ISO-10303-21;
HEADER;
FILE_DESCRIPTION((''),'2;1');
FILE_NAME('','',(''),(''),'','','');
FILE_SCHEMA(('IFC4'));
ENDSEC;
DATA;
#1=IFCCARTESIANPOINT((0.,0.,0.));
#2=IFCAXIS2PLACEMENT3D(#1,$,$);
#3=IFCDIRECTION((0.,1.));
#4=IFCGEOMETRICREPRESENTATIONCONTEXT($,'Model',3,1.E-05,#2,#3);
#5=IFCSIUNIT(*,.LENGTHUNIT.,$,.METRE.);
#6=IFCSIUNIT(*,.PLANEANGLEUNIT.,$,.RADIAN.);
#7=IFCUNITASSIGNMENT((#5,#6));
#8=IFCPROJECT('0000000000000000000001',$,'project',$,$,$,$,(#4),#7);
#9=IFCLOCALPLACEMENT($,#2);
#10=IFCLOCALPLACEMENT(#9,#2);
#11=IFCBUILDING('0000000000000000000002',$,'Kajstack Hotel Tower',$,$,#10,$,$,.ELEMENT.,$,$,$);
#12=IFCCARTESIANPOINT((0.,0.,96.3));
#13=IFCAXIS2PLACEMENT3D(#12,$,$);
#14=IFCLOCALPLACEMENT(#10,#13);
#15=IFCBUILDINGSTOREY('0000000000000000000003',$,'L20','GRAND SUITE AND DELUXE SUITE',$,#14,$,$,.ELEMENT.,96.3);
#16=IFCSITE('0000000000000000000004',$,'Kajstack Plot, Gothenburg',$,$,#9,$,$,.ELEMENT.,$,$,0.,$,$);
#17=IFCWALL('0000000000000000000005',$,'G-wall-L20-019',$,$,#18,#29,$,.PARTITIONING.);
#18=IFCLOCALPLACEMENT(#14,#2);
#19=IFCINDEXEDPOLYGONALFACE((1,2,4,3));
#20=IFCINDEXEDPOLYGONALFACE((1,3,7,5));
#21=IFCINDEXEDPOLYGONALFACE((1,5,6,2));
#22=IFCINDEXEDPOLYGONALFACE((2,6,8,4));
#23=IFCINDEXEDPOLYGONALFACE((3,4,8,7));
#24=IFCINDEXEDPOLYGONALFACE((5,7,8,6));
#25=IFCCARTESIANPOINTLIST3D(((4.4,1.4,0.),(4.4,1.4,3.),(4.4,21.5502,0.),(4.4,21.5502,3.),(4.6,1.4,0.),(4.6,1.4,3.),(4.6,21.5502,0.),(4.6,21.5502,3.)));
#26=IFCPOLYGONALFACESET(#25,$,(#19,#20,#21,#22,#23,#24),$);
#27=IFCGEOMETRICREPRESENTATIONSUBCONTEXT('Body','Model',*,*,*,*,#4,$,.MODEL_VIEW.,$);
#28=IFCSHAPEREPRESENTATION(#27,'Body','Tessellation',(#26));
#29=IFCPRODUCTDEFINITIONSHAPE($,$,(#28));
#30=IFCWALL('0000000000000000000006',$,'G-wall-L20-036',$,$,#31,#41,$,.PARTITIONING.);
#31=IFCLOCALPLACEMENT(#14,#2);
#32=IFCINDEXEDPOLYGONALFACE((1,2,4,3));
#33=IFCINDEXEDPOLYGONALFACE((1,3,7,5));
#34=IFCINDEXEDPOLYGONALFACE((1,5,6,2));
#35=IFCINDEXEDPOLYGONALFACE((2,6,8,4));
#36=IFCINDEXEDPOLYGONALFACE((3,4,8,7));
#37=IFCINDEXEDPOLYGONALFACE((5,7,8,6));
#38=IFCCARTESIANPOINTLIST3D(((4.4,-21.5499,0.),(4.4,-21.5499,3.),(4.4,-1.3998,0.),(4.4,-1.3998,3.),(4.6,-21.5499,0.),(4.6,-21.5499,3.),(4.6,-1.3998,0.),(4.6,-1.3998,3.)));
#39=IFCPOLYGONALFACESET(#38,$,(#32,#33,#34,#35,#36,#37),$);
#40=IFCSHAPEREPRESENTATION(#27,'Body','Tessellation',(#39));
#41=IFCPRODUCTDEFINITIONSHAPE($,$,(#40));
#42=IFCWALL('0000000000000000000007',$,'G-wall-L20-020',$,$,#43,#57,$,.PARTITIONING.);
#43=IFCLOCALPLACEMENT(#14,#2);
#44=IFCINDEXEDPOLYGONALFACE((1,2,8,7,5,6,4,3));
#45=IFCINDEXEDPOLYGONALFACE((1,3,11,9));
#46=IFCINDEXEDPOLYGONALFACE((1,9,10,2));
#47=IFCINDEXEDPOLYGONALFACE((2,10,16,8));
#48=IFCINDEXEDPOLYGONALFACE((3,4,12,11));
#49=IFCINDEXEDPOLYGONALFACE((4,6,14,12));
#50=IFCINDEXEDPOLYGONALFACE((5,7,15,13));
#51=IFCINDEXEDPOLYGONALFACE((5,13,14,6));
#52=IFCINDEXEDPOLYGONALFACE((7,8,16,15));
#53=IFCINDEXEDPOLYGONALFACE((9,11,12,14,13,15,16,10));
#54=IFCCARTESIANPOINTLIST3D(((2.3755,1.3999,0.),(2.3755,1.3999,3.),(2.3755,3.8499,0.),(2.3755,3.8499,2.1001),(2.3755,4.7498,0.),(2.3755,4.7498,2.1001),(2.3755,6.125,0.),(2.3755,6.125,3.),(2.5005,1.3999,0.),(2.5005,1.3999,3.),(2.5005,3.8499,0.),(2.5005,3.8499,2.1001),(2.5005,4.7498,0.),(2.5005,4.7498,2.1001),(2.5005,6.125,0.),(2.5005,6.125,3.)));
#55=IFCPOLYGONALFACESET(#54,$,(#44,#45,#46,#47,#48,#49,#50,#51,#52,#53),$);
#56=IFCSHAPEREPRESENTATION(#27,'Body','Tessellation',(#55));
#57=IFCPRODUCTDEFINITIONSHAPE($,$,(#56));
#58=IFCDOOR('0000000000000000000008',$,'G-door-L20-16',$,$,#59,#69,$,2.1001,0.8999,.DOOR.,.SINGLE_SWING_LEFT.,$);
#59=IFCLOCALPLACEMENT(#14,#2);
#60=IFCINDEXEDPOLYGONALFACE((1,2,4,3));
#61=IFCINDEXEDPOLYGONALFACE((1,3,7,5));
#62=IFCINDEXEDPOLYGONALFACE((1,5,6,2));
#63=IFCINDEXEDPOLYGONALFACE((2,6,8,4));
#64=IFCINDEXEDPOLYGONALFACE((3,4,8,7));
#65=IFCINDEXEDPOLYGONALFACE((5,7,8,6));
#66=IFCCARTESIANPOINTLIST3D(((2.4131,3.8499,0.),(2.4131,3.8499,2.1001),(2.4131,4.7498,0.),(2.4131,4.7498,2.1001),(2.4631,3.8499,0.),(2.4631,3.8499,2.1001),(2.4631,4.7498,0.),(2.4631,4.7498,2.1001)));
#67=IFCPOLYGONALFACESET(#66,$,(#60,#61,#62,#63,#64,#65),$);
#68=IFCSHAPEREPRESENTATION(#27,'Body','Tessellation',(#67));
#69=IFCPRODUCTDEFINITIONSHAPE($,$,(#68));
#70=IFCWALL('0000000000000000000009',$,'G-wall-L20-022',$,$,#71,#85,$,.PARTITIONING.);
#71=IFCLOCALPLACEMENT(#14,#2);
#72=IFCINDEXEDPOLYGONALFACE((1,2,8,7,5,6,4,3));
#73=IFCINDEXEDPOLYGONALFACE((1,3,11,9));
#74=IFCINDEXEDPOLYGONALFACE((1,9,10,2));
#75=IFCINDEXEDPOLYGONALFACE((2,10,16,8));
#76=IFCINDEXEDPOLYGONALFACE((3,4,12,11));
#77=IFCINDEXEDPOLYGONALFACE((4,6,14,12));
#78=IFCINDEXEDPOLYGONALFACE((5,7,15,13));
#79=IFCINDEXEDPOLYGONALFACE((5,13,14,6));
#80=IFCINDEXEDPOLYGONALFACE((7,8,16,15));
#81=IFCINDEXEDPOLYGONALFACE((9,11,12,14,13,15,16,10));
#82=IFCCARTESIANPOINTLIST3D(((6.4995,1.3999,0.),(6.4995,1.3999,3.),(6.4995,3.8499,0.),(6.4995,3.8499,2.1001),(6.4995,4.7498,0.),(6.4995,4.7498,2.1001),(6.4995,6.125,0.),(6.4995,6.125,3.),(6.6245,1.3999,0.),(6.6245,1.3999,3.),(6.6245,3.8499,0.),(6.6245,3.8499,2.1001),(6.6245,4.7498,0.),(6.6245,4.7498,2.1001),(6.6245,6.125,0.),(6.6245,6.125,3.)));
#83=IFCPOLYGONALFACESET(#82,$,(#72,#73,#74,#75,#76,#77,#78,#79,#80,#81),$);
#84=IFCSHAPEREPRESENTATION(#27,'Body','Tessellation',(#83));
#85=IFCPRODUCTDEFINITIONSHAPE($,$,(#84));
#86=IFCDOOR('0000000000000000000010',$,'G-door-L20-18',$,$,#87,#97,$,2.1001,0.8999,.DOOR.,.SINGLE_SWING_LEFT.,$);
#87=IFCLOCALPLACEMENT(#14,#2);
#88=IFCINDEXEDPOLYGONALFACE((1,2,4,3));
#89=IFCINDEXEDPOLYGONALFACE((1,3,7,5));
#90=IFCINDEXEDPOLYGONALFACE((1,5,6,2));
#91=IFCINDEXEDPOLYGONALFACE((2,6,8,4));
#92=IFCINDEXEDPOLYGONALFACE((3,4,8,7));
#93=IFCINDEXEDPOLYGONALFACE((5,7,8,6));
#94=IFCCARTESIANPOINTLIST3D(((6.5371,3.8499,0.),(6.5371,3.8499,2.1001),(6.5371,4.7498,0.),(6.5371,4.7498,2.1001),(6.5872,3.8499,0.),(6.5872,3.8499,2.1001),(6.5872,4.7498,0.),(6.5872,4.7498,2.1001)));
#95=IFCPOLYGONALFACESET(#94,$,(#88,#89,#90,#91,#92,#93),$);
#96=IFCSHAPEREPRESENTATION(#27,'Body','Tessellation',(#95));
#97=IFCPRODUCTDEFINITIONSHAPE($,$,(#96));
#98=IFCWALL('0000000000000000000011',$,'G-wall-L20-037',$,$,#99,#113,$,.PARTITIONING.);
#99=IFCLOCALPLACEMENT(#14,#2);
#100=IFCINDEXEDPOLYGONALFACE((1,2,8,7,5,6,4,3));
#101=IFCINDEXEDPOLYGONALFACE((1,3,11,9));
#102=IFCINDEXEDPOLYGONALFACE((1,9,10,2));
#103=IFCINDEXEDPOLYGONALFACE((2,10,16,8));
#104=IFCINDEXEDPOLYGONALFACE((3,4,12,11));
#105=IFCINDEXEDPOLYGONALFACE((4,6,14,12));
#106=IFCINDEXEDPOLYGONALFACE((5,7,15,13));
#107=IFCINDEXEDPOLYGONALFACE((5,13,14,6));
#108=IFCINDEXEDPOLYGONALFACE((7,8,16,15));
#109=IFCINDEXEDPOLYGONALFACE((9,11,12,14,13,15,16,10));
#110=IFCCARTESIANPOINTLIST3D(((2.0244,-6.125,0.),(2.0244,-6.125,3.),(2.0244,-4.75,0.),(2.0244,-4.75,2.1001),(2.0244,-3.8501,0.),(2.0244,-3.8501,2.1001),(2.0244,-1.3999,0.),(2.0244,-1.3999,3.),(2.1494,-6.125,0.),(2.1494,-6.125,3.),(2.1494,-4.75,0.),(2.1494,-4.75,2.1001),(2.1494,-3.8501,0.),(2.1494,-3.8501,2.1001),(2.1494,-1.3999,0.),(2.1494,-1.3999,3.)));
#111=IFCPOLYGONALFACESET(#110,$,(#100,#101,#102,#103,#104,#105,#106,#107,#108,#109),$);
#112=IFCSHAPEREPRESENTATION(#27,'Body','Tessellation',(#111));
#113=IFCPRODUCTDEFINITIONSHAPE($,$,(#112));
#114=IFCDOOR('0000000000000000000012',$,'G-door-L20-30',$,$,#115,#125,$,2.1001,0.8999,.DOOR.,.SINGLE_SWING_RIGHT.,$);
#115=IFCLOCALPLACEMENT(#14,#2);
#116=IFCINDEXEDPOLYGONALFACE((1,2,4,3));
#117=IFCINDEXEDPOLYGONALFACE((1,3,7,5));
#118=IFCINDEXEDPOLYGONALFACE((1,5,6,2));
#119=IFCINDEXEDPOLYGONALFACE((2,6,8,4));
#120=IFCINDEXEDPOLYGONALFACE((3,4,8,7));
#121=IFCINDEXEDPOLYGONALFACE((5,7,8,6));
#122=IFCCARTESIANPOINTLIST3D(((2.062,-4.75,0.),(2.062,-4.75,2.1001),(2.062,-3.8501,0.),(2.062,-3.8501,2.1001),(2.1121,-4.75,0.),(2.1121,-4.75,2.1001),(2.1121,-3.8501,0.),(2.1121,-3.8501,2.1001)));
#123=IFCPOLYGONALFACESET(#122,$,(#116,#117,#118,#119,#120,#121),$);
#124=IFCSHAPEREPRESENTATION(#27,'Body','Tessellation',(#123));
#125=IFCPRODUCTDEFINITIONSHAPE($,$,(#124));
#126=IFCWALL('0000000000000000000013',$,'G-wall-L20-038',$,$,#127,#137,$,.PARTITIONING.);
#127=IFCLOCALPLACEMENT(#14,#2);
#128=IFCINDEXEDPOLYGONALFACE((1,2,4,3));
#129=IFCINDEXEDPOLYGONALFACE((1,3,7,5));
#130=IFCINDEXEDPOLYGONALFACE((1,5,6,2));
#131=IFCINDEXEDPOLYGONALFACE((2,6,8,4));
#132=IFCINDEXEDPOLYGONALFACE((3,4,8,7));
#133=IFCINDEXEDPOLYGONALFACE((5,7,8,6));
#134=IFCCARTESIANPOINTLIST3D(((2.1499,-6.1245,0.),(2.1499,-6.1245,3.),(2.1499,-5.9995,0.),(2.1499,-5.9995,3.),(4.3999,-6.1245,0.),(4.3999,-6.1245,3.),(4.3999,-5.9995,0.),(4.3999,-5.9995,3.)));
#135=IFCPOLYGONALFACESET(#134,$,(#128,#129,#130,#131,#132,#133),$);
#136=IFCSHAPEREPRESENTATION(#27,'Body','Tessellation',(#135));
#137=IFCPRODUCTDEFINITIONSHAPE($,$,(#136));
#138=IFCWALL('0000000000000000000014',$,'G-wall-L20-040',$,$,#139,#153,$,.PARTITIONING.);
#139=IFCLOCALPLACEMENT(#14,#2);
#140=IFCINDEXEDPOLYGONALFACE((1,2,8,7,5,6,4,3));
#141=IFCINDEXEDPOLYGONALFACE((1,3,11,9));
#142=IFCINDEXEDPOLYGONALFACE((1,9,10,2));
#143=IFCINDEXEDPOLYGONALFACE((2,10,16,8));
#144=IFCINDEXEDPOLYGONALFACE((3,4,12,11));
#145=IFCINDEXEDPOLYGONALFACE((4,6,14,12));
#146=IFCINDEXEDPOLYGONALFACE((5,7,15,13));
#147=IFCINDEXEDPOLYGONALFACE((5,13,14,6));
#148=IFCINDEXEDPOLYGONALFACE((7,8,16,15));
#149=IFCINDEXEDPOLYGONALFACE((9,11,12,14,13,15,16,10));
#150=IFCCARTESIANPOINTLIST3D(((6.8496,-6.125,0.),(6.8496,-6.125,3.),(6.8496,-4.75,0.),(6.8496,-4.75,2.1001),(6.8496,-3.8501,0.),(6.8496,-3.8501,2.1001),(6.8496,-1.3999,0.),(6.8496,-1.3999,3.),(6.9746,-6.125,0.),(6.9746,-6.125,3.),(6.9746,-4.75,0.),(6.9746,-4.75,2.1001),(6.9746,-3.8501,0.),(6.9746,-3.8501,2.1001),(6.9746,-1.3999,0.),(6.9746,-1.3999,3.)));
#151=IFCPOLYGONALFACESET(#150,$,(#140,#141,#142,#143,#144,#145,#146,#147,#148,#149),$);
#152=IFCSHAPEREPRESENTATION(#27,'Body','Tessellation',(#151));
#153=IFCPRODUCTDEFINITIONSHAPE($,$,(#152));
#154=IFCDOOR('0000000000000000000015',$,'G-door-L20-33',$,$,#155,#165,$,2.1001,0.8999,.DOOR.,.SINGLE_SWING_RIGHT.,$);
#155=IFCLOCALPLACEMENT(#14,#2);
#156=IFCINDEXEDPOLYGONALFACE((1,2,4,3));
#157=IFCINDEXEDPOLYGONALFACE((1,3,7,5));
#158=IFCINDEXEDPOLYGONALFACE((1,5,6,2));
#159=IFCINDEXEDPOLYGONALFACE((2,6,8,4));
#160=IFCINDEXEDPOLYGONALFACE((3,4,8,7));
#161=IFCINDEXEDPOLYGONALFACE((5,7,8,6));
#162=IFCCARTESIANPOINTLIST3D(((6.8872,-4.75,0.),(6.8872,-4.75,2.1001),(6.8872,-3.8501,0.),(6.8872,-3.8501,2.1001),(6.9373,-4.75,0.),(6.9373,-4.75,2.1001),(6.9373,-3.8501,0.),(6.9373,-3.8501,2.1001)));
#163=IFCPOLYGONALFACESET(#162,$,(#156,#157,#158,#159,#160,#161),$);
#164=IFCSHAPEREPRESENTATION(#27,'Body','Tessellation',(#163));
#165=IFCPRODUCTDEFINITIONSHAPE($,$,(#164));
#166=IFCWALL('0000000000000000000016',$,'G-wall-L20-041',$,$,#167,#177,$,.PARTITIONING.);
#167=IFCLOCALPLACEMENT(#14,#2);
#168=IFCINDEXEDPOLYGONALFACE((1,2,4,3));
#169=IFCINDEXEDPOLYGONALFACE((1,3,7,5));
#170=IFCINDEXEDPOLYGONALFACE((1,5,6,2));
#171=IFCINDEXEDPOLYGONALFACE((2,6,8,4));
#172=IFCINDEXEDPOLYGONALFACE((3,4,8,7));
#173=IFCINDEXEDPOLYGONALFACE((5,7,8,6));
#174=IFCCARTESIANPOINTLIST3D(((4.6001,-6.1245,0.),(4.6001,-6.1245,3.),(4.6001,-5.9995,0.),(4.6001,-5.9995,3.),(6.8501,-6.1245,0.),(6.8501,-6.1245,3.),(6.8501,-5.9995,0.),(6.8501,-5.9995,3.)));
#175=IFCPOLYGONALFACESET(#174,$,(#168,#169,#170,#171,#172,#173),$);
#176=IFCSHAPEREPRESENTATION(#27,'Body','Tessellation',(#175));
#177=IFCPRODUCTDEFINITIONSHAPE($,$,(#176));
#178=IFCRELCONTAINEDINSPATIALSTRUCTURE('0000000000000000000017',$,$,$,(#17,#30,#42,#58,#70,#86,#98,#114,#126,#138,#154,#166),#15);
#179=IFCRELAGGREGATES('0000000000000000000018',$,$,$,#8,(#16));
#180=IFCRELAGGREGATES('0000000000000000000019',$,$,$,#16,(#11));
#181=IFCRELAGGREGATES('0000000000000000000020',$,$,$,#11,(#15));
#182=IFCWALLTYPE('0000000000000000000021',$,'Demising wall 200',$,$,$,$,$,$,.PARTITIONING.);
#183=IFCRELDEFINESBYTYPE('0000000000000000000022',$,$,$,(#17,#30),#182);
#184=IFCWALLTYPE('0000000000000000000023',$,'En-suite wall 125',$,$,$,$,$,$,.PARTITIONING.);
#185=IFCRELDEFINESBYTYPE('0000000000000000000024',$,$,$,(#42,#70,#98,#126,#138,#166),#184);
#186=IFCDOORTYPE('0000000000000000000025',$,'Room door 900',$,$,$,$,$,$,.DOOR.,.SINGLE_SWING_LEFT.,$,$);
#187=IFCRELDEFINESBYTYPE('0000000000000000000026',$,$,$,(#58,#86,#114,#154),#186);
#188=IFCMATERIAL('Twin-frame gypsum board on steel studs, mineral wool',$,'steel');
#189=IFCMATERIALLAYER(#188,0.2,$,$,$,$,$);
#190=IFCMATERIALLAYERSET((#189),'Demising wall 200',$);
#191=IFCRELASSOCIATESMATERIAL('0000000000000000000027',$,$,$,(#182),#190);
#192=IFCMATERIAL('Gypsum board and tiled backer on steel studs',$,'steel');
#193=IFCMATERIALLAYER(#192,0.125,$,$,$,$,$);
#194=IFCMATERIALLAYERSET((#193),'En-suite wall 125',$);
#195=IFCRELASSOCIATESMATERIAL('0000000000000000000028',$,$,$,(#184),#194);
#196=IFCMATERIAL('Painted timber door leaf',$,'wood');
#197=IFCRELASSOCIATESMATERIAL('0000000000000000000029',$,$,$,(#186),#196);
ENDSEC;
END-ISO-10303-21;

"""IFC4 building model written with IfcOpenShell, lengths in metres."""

from ifc_helpers import new_model, si_unit, direction, frame, frame_2d, origin, place, context, subcontext, project, spatial, rectangle, extrude, material, layer, layer_set, type_object, element, fill, save


model = new_model("IFC4")

# Units and contexts
model_context = context("Model", 3, precision=1e-05, world=origin(), true_north=direction((0.0, 1.0)))
body_context = subcontext(model_context, "Body", "Model", "MODEL_VIEW")
ifc_project = project(units=[si_unit("LENGTHUNIT", "METRE"), si_unit("PLANEANGLEUNIT", "RADIAN")], contexts=[model_context])

# Site, building, storey
site_placement = place(None, origin())
site = spatial("IfcSite", under=ifc_project, at=site_placement, Name="Kajstack Plot, Gothenburg", CompositionType="ELEMENT", RefElevation=0.0)
building_placement = place(site_placement, origin())
building = spatial("IfcBuilding", under=site, at=building_placement, Name="Kajstack Hotel Tower", CompositionType="ELEMENT")
storey_placement = place(building_placement, frame((0.0, 0.0, 96.3)))
storey = spatial("IfcBuildingStorey", under=building, at=storey_placement, Name="L20", Description="GRAND SUITE AND DELUXE SUITE", CompositionType="ELEMENT", Elevation=96.3)

# Walls
ifc_material_1 = material(Name="Twin-frame gypsum board on steel studs, mineral wool", Category="steel")
ifc_layer_1 = layer(ifc_material_1, 0.2)
ifc_layer_set_1 = layer_set([ifc_layer_1], Name="Demising wall 200")
wall_type_1 = type_object("IfcWallType", Name="Demising wall 200", PredefinedType="PARTITIONING", material=ifc_layer_set_1)
for number, where, z_axis, x_axis, name in (
    (1, (4.5, 1.3999, 0.0), (0.0, 0.0, 1.0), (0.0, 1.0, 0.0), "G-wall-L20-019"),
    (2, (4.5, -21.55, 0.0), (0.0, 0.0, 1.0), (0.0, 1.0, 0.0), "G-wall-L20-036"),
):
    element("IfcWall", number, at=place(storey_placement, frame(where, z_axis=z_axis, x_axis=x_axis)), inside=storey, type_object=wall_type_1, Name=name, PredefinedType="PARTITIONING", context=body_context, shape_type="SweptSolid", body=[
        extrude(rectangle(XDim=20.1501, YDim=0.2, at=frame_2d((10.0752, 0.0))), origin(), (0.0, 0.0, 1.0), 3.0),
    ])

# Walls, openings, doors
ifc_material_2 = material(Name="Gypsum board and tiled backer on steel studs", Category="steel")
ifc_layer_2 = layer(ifc_material_2, 0.125)
ifc_layer_set_2 = layer_set([ifc_layer_2], Name="En-suite wall 125")
wall_type_2 = type_object("IfcWallType", Name="En-suite wall 125", PredefinedType="PARTITIONING", material=ifc_layer_set_2)
wall_1_placement = place(storey_placement, frame((2.438, 1.3999, 0.0), z_axis=(0.0, 0.0, 1.0), x_axis=(0.0, 1.0, 0.0)))
wall_1 = element("IfcWall", 3, at=wall_1_placement, inside=storey, type_object=wall_type_2, Name="G-wall-L20-020", PredefinedType="PARTITIONING", context=body_context, shape_type="SweptSolid", body=[
    extrude(rectangle(XDim=4.7251, YDim=0.125, at=frame_2d((2.3625, 0.0))), origin(), (0.0, 0.0, 1.0), 3.0),
])
opening_1_placement = place(wall_1_placement, frame((2.45, 0.0, 0.0)))
opening_1 = element("IfcOpeningElement", 4, at=opening_1_placement, cuts=wall_1, PredefinedType="OPENING", context=body_context, shape_type="SweptSolid", body=[
    extrude(rectangle(XDim=0.8999, YDim=2.1001, at=frame_2d((0.45, 1.05))), frame((0.0, 0.0725, 0.0), z_axis=(0.0, -1.0, 0.0), x_axis=(1.0, 0.0, 0.0)), (0.0, 0.0, 1.0), 0.145),
])
ifc_material_3 = material(Name="Painted timber door leaf", Category="wood")
door_type_1 = type_object("IfcDoorType", Name="Room door 900", OperationType="SINGLE_SWING_LEFT", PredefinedType="DOOR", material=ifc_material_3)
door_1_placement = place(opening_1_placement, origin())
door_1 = element("IfcDoor", 5, at=door_1_placement, inside=storey, type_object=door_type_1, Name="G-door-L20-16", OperationType="SINGLE_SWING_LEFT", OverallHeight=2.1001, OverallWidth=0.8999, PredefinedType="DOOR", context=body_context, shape_type="SweptSolid", body=[
    extrude(rectangle(XDim=0.8999, YDim=2.1001, at=frame_2d((0.45, 1.05))), frame((0.0, 0.0249, 0.0), z_axis=(0.0, -1.0, 0.0), x_axis=(1.0, 0.0, 0.0)), (0.0, 0.0, 1.0), 0.05),
])
fill(opening_1, door_1)
wall_2_placement = place(storey_placement, frame((6.562, 1.3999, 0.0), z_axis=(0.0, 0.0, 1.0), x_axis=(0.0, 1.0, 0.0)))
wall_2 = element("IfcWall", 6, at=wall_2_placement, inside=storey, type_object=wall_type_2, Name="G-wall-L20-022", PredefinedType="PARTITIONING", context=body_context, shape_type="SweptSolid", body=[
    extrude(rectangle(XDim=4.7251, YDim=0.125, at=frame_2d((2.3625, 0.0))), origin(), (0.0, 0.0, 1.0), 3.0),
])
opening_2_placement = place(wall_2_placement, frame((2.45, 0.0, 0.0)))
opening_2 = element("IfcOpeningElement", 7, at=opening_2_placement, cuts=wall_2, PredefinedType="OPENING", context=body_context, shape_type="SweptSolid", body=[
    extrude(rectangle(XDim=0.8999, YDim=2.1001, at=frame_2d((0.45, 1.05))), frame((0.0, 0.0725, 0.0), z_axis=(0.0, -1.0, 0.0), x_axis=(1.0, 0.0, 0.0)), (0.0, 0.0, 1.0), 0.145),
])
door_2_placement = place(opening_2_placement, origin())
door_2 = element("IfcDoor", 8, at=door_2_placement, inside=storey, type_object=door_type_1, Name="G-door-L20-18", OperationType="SINGLE_SWING_LEFT", OverallHeight=2.1001, OverallWidth=0.8999, PredefinedType="DOOR", context=body_context, shape_type="SweptSolid", body=[
    extrude(rectangle(XDim=0.8999, YDim=2.1001, at=frame_2d((0.45, 1.05))), frame((0.0, 0.0249, 0.0), z_axis=(0.0, -1.0, 0.0), x_axis=(1.0, 0.0, 0.0)), (0.0, 0.0, 1.0), 0.05),
])
fill(opening_2, door_2)
wall_3_placement = place(storey_placement, frame((2.0869, -6.125, 0.0), z_axis=(0.0, 0.0, 1.0), x_axis=(0.0, 1.0, 0.0)))
wall_3 = element("IfcWall", 9, at=wall_3_placement, inside=storey, type_object=wall_type_2, Name="G-wall-L20-037", PredefinedType="PARTITIONING", context=body_context, shape_type="SweptSolid", body=[
    extrude(rectangle(XDim=4.7251, YDim=0.125, at=frame_2d((2.3625, 0.0))), origin(), (0.0, 0.0, 1.0), 3.0),
])
opening_3_placement = place(wall_3_placement, frame((1.375, 0.0, 0.0)))
opening_3 = element("IfcOpeningElement", 10, at=opening_3_placement, cuts=wall_3, PredefinedType="OPENING", context=body_context, shape_type="SweptSolid", body=[
    extrude(rectangle(XDim=0.8999, YDim=2.1001, at=frame_2d((0.45, 1.05))), frame((0.0, 0.0725, 0.0), z_axis=(0.0, -1.0, 0.0), x_axis=(1.0, 0.0, 0.0)), (0.0, 0.0, 1.0), 0.145),
])
door_3_placement = place(opening_3_placement, origin())
door_3 = element("IfcDoor", 11, at=door_3_placement, inside=storey, type_object=door_type_1, Name="G-door-L20-30", OperationType="SINGLE_SWING_RIGHT", OverallHeight=2.1001, OverallWidth=0.8999, PredefinedType="DOOR", context=body_context, shape_type="SweptSolid", body=[
    extrude(rectangle(XDim=0.8999, YDim=2.1001, at=frame_2d((0.45, 1.05))), frame((0.0, 0.0249, 0.0), z_axis=(0.0, -1.0, 0.0), x_axis=(1.0, 0.0, 0.0)), (0.0, 0.0, 1.0), 0.05),
])
fill(opening_3, door_3)

# Wall
wall_4_placement = place(storey_placement, frame((2.1499, -6.062, 0.0), z_axis=(0.0, 0.0, 1.0), x_axis=(1.0, 0.0, 0.0)))
element("IfcWall", 12, at=wall_4_placement, inside=storey, type_object=wall_type_2, Name="G-wall-L20-038", PredefinedType="PARTITIONING", context=body_context, shape_type="SweptSolid", body=[
    extrude(rectangle(XDim=2.25, YDim=0.125, at=frame_2d((1.125, 0.0))), origin(), (0.0, 0.0, 1.0), 3.0),
])

# Wall, opening, door
wall_5_placement = place(storey_placement, frame((6.9121, -6.125, 0.0), z_axis=(0.0, 0.0, 1.0), x_axis=(0.0, 1.0, 0.0)))
wall_5 = element("IfcWall", 13, at=wall_5_placement, inside=storey, type_object=wall_type_2, Name="G-wall-L20-040", PredefinedType="PARTITIONING", context=body_context, shape_type="SweptSolid", body=[
    extrude(rectangle(XDim=4.7251, YDim=0.125, at=frame_2d((2.3625, 0.0))), origin(), (0.0, 0.0, 1.0), 3.0),
])
opening_4_placement = place(wall_5_placement, frame((1.375, 0.0, 0.0)))
opening_4 = element("IfcOpeningElement", 14, at=opening_4_placement, cuts=wall_5, PredefinedType="OPENING", context=body_context, shape_type="SweptSolid", body=[
    extrude(rectangle(XDim=0.8999, YDim=2.1001, at=frame_2d((0.45, 1.05))), frame((0.0, 0.0725, 0.0), z_axis=(0.0, -1.0, 0.0), x_axis=(1.0, 0.0, 0.0)), (0.0, 0.0, 1.0), 0.145),
])
door_4_placement = place(opening_4_placement, origin())
door_4 = element("IfcDoor", 15, at=door_4_placement, inside=storey, type_object=door_type_1, Name="G-door-L20-33", OperationType="SINGLE_SWING_RIGHT", OverallHeight=2.1001, OverallWidth=0.8999, PredefinedType="DOOR", context=body_context, shape_type="SweptSolid", body=[
    extrude(rectangle(XDim=0.8999, YDim=2.1001, at=frame_2d((0.45, 1.05))), frame((0.0, 0.0249, 0.0), z_axis=(0.0, -1.0, 0.0), x_axis=(1.0, 0.0, 0.0)), (0.0, 0.0, 1.0), 0.05),
])
fill(opening_4, door_4)

# Wall
wall_6_placement = place(storey_placement, frame((4.6001, -6.062, 0.0), z_axis=(0.0, 0.0, 1.0), x_axis=(1.0, 0.0, 0.0)))
element("IfcWall", 16, at=wall_6_placement, inside=storey, type_object=wall_type_2, Name="G-wall-L20-041", PredefinedType="PARTITIONING", context=body_context, shape_type="SweptSolid", body=[
    extrude(rectangle(XDim=2.25, YDim=0.125, at=frame_2d((1.125, 0.0))), origin(), (0.0, 0.0, 1.0), 3.0),
])

save(model, "model.ifc")
